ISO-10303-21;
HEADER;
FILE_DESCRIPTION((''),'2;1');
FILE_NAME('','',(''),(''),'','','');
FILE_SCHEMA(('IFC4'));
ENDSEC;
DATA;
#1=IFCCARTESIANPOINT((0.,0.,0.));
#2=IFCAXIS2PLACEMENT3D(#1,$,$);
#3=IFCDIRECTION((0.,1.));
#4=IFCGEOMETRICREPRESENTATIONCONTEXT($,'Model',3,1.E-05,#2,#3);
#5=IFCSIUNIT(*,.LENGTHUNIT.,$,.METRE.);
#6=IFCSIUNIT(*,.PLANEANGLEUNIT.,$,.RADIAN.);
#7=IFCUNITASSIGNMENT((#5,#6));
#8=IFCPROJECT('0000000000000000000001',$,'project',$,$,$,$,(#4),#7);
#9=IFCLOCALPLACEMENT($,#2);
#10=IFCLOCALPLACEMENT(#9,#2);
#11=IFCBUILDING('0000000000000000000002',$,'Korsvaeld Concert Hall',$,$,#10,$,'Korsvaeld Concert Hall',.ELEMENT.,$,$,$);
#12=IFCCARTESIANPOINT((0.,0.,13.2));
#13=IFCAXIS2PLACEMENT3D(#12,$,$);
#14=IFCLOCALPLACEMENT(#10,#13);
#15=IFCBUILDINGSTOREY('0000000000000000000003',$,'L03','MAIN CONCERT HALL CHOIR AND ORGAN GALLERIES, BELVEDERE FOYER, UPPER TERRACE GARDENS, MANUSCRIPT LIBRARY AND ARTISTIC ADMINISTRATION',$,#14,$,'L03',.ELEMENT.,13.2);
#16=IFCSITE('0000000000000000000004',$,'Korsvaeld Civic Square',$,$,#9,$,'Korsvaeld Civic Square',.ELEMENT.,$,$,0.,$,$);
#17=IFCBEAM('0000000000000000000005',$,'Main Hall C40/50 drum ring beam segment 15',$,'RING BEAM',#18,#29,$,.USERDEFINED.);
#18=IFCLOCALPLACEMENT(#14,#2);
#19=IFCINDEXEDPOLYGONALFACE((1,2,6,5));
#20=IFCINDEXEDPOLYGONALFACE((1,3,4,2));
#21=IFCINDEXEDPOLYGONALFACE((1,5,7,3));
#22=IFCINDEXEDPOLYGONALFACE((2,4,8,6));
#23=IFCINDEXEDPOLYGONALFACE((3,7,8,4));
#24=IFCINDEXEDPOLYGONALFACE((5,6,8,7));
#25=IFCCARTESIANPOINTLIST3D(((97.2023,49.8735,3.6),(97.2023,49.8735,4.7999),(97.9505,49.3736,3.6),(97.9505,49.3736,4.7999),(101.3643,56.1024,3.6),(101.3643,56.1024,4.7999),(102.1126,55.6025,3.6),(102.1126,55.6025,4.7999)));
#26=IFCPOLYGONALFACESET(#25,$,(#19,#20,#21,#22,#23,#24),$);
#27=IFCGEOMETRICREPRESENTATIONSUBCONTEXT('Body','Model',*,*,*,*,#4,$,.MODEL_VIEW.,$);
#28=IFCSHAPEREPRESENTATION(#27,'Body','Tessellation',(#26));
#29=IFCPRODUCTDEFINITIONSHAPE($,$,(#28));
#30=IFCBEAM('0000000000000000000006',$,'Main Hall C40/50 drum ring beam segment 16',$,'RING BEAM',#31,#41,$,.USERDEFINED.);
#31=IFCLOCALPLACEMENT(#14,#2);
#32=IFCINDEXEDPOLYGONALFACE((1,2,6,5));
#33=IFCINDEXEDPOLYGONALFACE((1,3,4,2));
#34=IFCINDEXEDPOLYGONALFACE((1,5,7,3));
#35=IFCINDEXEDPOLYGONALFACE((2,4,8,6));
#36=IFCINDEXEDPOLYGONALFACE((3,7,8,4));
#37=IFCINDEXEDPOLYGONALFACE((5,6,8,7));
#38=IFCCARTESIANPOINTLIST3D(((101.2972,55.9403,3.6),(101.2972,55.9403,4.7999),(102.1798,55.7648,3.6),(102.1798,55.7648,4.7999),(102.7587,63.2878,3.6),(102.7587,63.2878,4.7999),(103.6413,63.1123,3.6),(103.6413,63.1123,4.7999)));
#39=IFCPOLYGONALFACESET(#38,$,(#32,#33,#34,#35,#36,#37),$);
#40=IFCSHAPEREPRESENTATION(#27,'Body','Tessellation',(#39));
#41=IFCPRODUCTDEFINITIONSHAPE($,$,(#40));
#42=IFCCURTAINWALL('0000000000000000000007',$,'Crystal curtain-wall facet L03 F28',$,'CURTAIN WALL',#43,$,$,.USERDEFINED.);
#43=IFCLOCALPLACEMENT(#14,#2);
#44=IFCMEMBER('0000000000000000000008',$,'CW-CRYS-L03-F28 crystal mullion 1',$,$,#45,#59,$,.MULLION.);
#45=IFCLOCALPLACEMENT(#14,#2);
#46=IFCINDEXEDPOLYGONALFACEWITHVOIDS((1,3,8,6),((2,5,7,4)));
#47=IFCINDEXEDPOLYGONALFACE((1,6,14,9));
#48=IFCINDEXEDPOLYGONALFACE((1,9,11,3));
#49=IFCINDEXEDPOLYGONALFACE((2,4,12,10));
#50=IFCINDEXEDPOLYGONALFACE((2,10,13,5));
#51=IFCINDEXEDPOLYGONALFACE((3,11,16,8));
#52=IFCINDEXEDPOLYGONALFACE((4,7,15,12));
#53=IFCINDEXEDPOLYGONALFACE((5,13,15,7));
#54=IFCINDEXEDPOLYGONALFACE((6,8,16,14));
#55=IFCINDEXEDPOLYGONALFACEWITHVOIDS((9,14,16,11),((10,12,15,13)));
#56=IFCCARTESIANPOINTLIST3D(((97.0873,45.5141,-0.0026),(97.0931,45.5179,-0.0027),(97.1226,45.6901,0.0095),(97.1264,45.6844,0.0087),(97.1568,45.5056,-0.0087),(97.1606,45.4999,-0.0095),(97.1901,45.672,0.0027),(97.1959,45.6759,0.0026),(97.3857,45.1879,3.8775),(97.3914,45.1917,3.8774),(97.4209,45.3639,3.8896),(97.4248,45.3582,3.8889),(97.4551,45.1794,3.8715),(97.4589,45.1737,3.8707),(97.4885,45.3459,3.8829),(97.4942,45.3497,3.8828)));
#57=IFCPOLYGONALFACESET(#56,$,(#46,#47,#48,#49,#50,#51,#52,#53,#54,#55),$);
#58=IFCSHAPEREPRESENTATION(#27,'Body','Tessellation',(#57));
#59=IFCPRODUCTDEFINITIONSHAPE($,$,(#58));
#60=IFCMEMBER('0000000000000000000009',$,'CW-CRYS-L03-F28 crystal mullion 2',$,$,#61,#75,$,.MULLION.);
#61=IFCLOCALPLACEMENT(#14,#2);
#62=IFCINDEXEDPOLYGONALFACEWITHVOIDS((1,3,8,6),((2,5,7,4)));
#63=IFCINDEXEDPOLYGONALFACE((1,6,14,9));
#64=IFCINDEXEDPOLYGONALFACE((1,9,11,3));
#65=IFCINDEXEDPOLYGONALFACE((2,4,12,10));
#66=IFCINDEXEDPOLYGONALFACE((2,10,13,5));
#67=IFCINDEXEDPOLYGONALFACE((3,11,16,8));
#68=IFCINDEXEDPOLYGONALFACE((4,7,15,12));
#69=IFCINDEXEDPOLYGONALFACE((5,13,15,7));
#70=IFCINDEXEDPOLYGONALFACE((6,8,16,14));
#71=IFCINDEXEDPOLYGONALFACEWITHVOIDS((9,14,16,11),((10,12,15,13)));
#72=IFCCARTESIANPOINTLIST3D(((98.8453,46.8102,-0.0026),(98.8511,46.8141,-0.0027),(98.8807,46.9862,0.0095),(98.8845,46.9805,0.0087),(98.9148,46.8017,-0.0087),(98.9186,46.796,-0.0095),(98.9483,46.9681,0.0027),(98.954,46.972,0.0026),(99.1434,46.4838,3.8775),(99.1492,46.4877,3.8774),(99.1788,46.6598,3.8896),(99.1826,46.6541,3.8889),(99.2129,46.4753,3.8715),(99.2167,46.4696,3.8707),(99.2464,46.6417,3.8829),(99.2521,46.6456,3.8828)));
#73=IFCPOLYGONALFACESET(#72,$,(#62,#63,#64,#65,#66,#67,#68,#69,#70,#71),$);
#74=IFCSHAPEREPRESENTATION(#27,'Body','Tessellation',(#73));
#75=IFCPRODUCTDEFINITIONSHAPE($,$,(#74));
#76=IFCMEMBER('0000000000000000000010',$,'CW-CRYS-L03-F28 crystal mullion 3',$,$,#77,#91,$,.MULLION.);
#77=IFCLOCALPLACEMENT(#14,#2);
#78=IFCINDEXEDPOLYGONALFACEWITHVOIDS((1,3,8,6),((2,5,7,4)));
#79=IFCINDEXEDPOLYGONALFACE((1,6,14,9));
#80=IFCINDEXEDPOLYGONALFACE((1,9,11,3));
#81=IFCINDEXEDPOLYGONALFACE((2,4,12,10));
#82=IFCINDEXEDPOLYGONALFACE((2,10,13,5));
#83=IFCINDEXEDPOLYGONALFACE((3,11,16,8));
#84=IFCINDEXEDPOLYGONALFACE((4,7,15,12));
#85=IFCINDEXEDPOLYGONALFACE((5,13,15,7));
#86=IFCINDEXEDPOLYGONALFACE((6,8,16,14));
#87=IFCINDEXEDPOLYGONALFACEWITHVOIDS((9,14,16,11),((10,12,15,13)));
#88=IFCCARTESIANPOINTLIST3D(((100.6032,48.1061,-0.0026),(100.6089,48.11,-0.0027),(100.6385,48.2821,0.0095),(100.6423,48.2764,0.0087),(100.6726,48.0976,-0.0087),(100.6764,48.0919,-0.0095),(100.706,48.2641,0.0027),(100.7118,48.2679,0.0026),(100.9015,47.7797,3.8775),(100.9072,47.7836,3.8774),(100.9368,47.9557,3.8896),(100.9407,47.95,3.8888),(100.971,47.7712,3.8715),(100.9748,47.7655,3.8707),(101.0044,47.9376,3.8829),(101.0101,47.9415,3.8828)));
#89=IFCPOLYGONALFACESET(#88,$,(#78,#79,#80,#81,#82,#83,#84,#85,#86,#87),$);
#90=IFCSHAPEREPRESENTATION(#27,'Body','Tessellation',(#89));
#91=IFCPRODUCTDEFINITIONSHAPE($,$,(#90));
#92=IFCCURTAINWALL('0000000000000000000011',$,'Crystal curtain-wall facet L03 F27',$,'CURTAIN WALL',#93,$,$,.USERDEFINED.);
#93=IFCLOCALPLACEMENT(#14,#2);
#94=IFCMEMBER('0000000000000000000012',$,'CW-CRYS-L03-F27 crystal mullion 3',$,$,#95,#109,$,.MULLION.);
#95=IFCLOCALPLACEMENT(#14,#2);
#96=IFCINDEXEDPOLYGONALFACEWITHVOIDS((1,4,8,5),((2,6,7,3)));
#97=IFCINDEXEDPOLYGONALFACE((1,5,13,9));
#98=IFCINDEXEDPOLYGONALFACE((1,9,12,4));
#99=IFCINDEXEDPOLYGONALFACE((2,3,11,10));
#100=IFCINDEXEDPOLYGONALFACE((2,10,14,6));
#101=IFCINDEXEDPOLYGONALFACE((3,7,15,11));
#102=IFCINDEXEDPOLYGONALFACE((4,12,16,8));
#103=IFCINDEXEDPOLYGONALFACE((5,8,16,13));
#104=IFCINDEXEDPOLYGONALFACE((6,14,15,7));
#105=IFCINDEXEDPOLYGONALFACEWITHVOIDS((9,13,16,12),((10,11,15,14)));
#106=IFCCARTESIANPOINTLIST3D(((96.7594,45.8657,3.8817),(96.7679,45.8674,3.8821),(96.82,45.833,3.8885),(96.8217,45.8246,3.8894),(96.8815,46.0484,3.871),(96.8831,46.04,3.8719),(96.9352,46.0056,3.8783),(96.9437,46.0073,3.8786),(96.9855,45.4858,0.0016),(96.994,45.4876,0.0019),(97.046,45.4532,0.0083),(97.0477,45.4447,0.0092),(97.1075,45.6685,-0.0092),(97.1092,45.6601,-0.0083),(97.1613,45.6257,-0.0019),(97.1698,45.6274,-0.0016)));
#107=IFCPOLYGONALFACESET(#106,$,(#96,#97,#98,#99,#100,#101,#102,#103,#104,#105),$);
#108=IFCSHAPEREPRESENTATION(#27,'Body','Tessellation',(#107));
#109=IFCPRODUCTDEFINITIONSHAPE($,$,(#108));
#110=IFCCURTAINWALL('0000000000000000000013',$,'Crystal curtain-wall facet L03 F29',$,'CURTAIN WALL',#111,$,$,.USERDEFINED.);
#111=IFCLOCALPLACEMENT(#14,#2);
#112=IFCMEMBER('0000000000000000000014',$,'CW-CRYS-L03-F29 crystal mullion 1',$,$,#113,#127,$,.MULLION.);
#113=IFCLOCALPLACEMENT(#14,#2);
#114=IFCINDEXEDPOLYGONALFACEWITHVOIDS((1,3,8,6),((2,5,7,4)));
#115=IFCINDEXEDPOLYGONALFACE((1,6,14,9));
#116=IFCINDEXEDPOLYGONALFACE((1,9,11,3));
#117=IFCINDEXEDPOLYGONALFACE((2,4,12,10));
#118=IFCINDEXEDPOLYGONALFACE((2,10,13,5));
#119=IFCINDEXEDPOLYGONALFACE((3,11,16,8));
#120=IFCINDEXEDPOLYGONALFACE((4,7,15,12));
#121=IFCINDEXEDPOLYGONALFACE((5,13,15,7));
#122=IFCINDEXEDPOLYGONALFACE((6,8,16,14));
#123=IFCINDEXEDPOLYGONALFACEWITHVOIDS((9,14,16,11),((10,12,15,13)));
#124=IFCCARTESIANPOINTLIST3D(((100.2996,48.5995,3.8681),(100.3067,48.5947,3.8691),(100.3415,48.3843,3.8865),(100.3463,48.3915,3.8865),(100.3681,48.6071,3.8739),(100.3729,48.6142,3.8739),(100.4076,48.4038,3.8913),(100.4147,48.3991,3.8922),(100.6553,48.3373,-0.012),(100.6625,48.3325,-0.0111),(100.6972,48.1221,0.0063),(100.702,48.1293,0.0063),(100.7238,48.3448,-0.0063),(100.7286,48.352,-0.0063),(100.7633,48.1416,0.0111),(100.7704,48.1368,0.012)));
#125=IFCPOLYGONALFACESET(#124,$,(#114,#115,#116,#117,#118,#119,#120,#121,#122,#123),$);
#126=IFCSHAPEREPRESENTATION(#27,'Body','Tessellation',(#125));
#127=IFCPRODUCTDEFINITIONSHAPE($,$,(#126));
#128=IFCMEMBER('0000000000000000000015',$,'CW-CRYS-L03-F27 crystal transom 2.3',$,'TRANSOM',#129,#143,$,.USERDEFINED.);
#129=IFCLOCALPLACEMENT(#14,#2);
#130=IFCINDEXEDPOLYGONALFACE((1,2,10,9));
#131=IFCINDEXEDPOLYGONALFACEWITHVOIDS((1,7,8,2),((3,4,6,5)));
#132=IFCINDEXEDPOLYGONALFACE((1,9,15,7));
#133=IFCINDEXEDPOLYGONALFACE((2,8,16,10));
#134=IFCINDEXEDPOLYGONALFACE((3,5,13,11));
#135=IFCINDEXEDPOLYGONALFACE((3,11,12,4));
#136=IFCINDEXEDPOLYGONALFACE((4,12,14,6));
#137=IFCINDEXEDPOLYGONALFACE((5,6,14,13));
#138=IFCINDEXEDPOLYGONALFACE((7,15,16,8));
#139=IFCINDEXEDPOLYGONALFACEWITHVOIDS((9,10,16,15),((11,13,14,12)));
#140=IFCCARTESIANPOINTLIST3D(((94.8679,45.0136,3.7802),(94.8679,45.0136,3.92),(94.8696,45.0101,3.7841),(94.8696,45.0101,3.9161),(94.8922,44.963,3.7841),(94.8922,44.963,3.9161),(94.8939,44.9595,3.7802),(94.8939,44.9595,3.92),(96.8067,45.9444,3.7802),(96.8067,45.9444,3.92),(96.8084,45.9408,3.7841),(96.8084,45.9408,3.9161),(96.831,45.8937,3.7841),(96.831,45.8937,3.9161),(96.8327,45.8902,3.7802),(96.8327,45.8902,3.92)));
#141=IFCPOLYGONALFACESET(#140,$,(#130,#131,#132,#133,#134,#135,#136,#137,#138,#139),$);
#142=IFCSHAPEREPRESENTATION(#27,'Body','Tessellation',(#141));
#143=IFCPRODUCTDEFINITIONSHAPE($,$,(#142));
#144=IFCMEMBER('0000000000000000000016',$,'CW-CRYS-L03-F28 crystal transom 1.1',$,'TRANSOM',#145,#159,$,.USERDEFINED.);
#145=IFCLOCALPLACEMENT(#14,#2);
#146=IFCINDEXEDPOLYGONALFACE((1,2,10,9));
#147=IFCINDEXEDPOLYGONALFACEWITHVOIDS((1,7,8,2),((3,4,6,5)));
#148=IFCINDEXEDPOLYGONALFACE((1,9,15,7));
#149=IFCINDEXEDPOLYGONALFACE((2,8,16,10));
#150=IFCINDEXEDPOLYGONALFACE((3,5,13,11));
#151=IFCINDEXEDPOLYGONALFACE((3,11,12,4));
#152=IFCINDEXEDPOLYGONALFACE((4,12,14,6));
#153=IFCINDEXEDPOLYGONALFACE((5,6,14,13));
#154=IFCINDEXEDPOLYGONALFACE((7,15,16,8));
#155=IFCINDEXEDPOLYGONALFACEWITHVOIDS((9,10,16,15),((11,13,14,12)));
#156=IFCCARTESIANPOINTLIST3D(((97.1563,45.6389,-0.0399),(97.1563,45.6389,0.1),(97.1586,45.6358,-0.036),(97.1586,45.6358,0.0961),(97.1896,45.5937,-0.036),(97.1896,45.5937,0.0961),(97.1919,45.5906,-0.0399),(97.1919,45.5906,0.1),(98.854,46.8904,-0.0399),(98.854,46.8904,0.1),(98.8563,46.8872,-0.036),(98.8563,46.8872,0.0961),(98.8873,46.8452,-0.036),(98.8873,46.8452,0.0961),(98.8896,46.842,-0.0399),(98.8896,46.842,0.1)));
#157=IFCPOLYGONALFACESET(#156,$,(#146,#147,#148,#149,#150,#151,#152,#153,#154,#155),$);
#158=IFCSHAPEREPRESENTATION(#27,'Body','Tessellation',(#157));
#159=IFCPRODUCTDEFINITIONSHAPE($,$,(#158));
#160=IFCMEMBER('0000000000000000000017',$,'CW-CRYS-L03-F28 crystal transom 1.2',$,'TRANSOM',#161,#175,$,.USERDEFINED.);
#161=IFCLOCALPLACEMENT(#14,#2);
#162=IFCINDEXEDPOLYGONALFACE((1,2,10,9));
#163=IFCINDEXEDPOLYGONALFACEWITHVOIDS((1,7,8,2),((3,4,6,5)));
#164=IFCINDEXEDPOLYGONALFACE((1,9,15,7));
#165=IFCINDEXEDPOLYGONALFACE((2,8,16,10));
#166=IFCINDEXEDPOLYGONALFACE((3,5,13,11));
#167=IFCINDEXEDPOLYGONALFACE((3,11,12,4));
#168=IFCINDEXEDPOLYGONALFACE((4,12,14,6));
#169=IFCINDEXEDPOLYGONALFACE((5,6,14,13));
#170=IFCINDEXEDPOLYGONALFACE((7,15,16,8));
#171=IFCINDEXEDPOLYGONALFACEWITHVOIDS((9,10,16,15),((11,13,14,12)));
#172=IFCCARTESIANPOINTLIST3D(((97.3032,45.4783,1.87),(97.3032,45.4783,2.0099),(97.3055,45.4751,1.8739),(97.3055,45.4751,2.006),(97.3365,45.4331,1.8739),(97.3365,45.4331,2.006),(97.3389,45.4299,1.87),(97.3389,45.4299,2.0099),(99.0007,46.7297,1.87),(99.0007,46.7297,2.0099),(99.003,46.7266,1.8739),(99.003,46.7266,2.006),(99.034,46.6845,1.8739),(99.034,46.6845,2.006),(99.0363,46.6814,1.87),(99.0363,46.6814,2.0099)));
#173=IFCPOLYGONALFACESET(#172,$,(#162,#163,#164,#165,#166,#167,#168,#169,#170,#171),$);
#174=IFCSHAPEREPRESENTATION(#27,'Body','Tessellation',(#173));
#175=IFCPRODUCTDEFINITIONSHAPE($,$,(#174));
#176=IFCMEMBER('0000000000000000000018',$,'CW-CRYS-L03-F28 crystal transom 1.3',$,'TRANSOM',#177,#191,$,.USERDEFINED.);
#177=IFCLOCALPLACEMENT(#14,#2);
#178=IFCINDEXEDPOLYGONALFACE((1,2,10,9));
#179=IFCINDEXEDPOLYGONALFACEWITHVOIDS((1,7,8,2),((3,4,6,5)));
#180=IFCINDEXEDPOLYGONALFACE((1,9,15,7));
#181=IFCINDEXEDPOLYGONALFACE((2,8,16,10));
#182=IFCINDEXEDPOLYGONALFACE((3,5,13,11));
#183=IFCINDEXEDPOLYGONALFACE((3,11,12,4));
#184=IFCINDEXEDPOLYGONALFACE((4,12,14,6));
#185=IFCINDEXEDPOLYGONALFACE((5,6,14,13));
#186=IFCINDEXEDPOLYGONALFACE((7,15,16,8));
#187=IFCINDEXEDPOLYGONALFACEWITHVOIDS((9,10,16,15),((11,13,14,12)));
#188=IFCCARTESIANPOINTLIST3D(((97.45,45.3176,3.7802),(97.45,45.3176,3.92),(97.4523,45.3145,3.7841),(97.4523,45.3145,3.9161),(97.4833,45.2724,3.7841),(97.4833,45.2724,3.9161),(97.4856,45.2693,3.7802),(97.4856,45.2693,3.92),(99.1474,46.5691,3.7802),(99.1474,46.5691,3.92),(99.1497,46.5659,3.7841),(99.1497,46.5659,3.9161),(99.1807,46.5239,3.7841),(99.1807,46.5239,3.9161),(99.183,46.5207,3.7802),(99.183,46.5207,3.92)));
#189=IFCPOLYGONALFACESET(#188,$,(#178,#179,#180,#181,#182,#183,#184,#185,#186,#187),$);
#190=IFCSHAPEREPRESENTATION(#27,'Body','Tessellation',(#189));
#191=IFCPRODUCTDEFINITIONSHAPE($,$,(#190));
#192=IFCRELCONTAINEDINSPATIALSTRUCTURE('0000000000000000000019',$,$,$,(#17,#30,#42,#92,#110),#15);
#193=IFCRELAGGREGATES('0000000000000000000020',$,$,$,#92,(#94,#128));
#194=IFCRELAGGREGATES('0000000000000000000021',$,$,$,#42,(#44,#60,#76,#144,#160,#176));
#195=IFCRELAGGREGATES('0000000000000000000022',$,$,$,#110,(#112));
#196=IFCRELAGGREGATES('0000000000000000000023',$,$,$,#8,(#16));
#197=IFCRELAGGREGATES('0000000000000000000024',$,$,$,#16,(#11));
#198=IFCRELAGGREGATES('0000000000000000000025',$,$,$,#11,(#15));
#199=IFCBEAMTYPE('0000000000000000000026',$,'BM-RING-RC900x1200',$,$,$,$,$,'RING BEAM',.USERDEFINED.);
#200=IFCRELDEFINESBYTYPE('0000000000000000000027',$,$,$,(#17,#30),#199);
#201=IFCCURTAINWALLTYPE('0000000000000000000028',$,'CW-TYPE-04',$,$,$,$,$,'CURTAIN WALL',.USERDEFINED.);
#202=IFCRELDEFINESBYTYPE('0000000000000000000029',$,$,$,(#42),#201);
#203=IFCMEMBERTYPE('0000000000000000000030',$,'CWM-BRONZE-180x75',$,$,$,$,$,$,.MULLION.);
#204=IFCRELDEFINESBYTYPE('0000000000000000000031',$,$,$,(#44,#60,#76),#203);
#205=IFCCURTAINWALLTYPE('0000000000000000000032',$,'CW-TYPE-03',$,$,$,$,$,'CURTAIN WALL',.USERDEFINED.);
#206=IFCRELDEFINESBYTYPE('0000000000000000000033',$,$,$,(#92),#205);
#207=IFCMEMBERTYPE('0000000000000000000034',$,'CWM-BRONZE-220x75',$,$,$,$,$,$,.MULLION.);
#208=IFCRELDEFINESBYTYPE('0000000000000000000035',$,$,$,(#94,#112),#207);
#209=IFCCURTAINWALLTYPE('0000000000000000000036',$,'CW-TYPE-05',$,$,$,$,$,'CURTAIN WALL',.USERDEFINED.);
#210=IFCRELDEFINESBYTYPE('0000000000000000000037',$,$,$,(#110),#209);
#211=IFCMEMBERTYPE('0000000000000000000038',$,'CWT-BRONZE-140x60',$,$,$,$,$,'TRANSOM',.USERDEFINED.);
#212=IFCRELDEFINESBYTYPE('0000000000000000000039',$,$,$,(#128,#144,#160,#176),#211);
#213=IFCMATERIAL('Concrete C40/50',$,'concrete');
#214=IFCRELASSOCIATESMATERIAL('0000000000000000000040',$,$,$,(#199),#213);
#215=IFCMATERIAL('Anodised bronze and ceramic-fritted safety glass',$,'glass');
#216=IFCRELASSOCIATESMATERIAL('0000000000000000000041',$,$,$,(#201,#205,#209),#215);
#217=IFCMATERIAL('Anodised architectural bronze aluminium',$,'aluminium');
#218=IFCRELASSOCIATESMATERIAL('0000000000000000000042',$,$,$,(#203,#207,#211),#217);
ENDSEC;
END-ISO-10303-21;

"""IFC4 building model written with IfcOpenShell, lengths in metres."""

from ifc_helpers import new_model, si_unit, direction, frame, origin, origin_2d, place, context, subcontext, project, spatial, rectangle, hollow_rectangle, extrude, material, material_profile, profile_set, type_object, element, aggregate, save


model = new_model("IFC4")

# Units and contexts
model_context = context("Model", 3, precision=1e-05, world=origin(), true_north=direction((0.0, 1.0)))
body_context = subcontext(model_context, "Body", "Model", "MODEL_VIEW")
ifc_project = project(units=[si_unit("LENGTHUNIT", "METRE"), si_unit("PLANEANGLEUNIT", "RADIAN")], contexts=[model_context])

# Site, building, storey
site_placement = place(None, origin())
site = spatial("IfcSite", under=ifc_project, at=site_placement, Name="Korsvaeld Civic Square", LongName="Korsvaeld Civic Square", CompositionType="ELEMENT", RefElevation=0.0)
building_placement = place(site_placement, origin())
building = spatial("IfcBuilding", under=site, at=building_placement, Name="Korsvaeld Concert Hall", LongName="Korsvaeld Concert Hall", CompositionType="ELEMENT")
storey_placement = place(building_placement, frame((0.0, 0.0, 13.2)))
storey = spatial("IfcBuildingStorey", under=building, at=storey_placement, Name="L03", Description="MAIN CONCERT HALL CHOIR AND ORGAN GALLERIES, BELVEDERE FOYER, UPPER TERRACE GARDENS, MANUSCRIPT LIBRARY AND ARTISTIC ADMINISTRATION", LongName="L03", CompositionType="ELEMENT", Elevation=13.2)

# Shared definitions
ifc_material_1 = material(Name="Concrete C40/50", Category="concrete")

# Beams
ifc_material_profile_1 = material_profile(ifc_material_1, rectangle(XDim=0.8999, YDim=1.2, at=origin_2d()), Name="RC 900x1200")
ifc_profile_set_1 = profile_set([ifc_material_profile_1], Name="Concrete C40/50")
beam_type = type_object("IfcBeamType", Name="BM-RING-RC900x1200", ElementType="RING BEAM", PredefinedType="USERDEFINED", material=ifc_profile_set_1)
for number, where, z_axis, x_axis, name in (
    (1, (97.5764, 49.6235, 4.2), (0.555572, 0.831468, 0.0), (-0.831468, 0.555572, 0.0), "Main Hall C40/50 drum ring beam segment 15"),
    (2, (101.7385, 55.8525, 4.2), (0.195082, 0.980787, 0.0), (-0.980787, 0.195082, 0.0), "Main Hall C40/50 drum ring beam segment 16"),
):
    element("IfcBeam", number, at=place(storey_placement, frame(where, z_axis=z_axis, x_axis=x_axis)), inside=storey, type_object=beam_type, Name=name, ObjectType="RING BEAM", PredefinedType="USERDEFINED", context=body_context, shape_type="SweptSolid", body=[
        extrude(rectangle(XDim=0.8999, YDim=1.2, at=origin_2d()), origin(), (0.0, 0.0, 1.0), 7.4915),
    ])

# Curtain wall, members
ifc_material_2 = material(Name="Anodised bronze and ceramic-fritted safety glass", Category="glass")
curtain_wall_type_1 = type_object("IfcCurtainWallType", Name="CW-TYPE-04", ElementType="CURTAIN WALL", PredefinedType="USERDEFINED", material=ifc_material_2)
curtain_wall_1_placement = place(storey_placement, origin())
curtain_wall_1 = element("IfcCurtainWall", 3, at=curtain_wall_1_placement, inside=storey, type_object=curtain_wall_type_1, Name="Crystal curtain-wall facet L03 F28", ObjectType="CURTAIN WALL", PredefinedType="USERDEFINED")
ifc_material_3 = material(Name="Anodised architectural bronze aluminium", Category="aluminium")
ifc_material_profile_2 = material_profile(ifc_material_3, hollow_rectangle(XDim=0.075, YDim=0.1799, WallThickness=0.0049, at=origin_2d()), Name="CWM 180x75x5")
ifc_profile_set_2 = profile_set([ifc_material_profile_2], Name="Anodised architectural bronze aluminium")
member_type_1 = type_object("IfcMemberType", Name="CWM-BRONZE-180x75", PredefinedType="MULLION", material=ifc_profile_set_2)
member_1_placement = place(storey_placement, frame((97.1416, 45.595, 0.0), z_axis=(0.076395, -0.083522, 0.993573), x_axis=(-0.977623, 0.189609, 0.091108)))
member_1 = element("IfcMember", 4, at=member_1_placement, type_object=member_type_1, Name="CW-CRYS-L03-F28 crystal mullion 1", PredefinedType="MULLION", context=body_context, shape_type="SweptSolid", body=[
    extrude(hollow_rectangle(XDim=0.075, YDim=0.1799, WallThickness=0.0049, at=origin_2d()), origin(), (0.0, 0.0, 1.0), 3.9053),
])
member_2_placement = place(storey_placement, frame((98.8997, 46.8911, 0.0), z_axis=(0.076333, -0.083584, 0.993573), x_axis=(-0.977475, 0.190372, 0.091111)))
member_2 = element("IfcMember", 5, at=member_2_placement, type_object=member_type_1, Name="CW-CRYS-L03-F28 crystal mullion 2", PredefinedType="MULLION", context=body_context, shape_type="SweptSolid", body=[
    extrude(hollow_rectangle(XDim=0.075, YDim=0.1799, WallThickness=0.0049, at=origin_2d()), origin(), (0.0, 0.0, 1.0), 3.9053),
])
member_3_placement = place(storey_placement, frame((100.6575, 48.187, 0.0), z_axis=(0.076395, -0.083584, 0.993568), x_axis=(-0.97755, 0.189971, 0.091144)))
member_3 = element("IfcMember", 6, at=member_3_placement, type_object=member_type_1, Name="CW-CRYS-L03-F28 crystal mullion 3", PredefinedType="MULLION", context=body_context, shape_type="SweptSolid", body=[
    extrude(hollow_rectangle(XDim=0.075, YDim=0.1799, WallThickness=0.0049, at=origin_2d()), origin(), (0.0, 0.0, 1.0), 3.9053),
])

# Curtain walls, members
curtain_wall_type_2 = type_object("IfcCurtainWallType", Name="CW-TYPE-03", ElementType="CURTAIN WALL", PredefinedType="USERDEFINED", material=ifc_material_2)
curtain_wall_2_placement = place(storey_placement, origin())
curtain_wall_2 = element("IfcCurtainWall", 7, at=curtain_wall_2_placement, inside=storey, type_object=curtain_wall_type_2, Name="Crystal curtain-wall facet L03 F27", ObjectType="CURTAIN WALL", PredefinedType="USERDEFINED")
ifc_material_profile_3 = material_profile(ifc_material_3, hollow_rectangle(XDim=0.075, YDim=0.22, WallThickness=0.0061, at=origin_2d()), Name="CWM 220x75x6")
ifc_profile_set_3 = profile_set([ifc_material_profile_3], Name="Anodised architectural bronze aluminium")
member_type_2 = type_object("IfcMemberType", Name="CWM-BRONZE-220x75", PredefinedType="MULLION", material=ifc_profile_set_3)
member_4_placement = place(storey_placement, frame((97.0776, 45.5566, 0.0), z_axis=(-0.05789, 0.097275, 0.993572), x_axis=(0.83, -0.54835, 0.102046)))
member_4 = element("IfcMember", 8, at=member_4_placement, type_object=member_type_2, Name="CW-CRYS-L03-F27 crystal mullion 3", PredefinedType="MULLION", context=body_context, shape_type="SweptSolid", body=[
    extrude(hollow_rectangle(XDim=0.075, YDim=0.22, WallThickness=0.0061, at=origin_2d()), origin(), (0.0, 0.0, 1.0), 3.9053),
])
curtain_wall_type_3 = type_object("IfcCurtainWallType", Name="CW-TYPE-05", ElementType="CURTAIN WALL", PredefinedType="USERDEFINED", material=ifc_material_2)
curtain_wall_3_placement = place(storey_placement, origin())
curtain_wall_3 = element("IfcCurtainWall", 9, at=curtain_wall_3_placement, inside=storey, type_object=curtain_wall_type_3, Name="Crystal curtain-wall facet L03 F29", ObjectType="CURTAIN WALL", PredefinedType="USERDEFINED")
member_5_placement = place(storey_placement, frame((100.7129, 48.2371, 0.0), z_axis=(-0.091087, 0.067143, 0.993577), x_axis=(0.9775, 0.196641, 0.076325)))
member_5 = element("IfcMember", 10, at=member_5_placement, type_object=member_type_2, Name="CW-CRYS-L03-F29 crystal mullion 1", PredefinedType="MULLION", context=body_context, shape_type="SweptSolid", body=[
    extrude(hollow_rectangle(XDim=0.075, YDim=0.22, WallThickness=0.0061, at=origin_2d()), origin(), (0.0, 0.0, 1.0), 3.9053),
])

# Members
ifc_material_profile_4 = material_profile(ifc_material_3, hollow_rectangle(XDim=0.0601, YDim=0.1399, WallThickness=0.0039, at=origin_2d()), Name="CWT 140x60x4")
ifc_profile_set_4 = profile_set([ifc_material_profile_4], Name="Anodised architectural bronze aluminium")
member_type_3 = type_object("IfcMemberType", Name="CWT-BRONZE-140x60", ElementType="TRANSOM", PredefinedType="USERDEFINED", material=ifc_profile_set_4)
member_6_placement = place(storey_placement, frame((94.8809, 44.9866, 3.8501), z_axis=(0.901509, 0.432761, 0.0), x_axis=(-0.432761, 0.901509, 0.0)))
member_6 = element("IfcMember", 11, at=member_6_placement, type_object=member_type_3, Name="CW-CRYS-L03-F27 crystal transom 2.3", ObjectType="TRANSOM", PredefinedType="USERDEFINED", context=body_context, shape_type="SweptSolid", body=[
    extrude(hollow_rectangle(XDim=0.0601, YDim=0.1399, WallThickness=0.0039, at=origin_2d()), origin(), (0.0, 0.0, 1.0), 2.1506),
])
aggregate(curtain_wall_2, [member_4, member_6])
member_7_placement = place(storey_placement, frame((97.1741, 45.6147, 0.03), z_axis=(0.804945, 0.593349, 0.0), x_axis=(-0.593349, 0.804945, 0.0)))
member_7 = element("IfcMember", 12, at=member_7_placement, type_object=member_type_3, Name="CW-CRYS-L03-F28 crystal transom 1.1", ObjectType="TRANSOM", PredefinedType="USERDEFINED", context=body_context, shape_type="SweptSolid", body=[
    extrude(hollow_rectangle(XDim=0.0601, YDim=0.1399, WallThickness=0.0039, at=origin_2d()), origin(), (0.0, 0.0, 1.0), 2.1091),
])
member_8_placement = place(storey_placement, frame((97.321, 45.4541, 1.9399), z_axis=(0.804905, 0.593404, 0.0), x_axis=(-0.593404, 0.804905, 0.0)))
member_8 = element("IfcMember", 13, at=member_8_placement, type_object=member_type_3, Name="CW-CRYS-L03-F28 crystal transom 1.2", ObjectType="TRANSOM", PredefinedType="USERDEFINED", context=body_context, shape_type="SweptSolid", body=[
    extrude(hollow_rectangle(XDim=0.0601, YDim=0.1399, WallThickness=0.0039, at=origin_2d()), origin(), (0.0, 0.0, 1.0), 2.1089),
])
member_9_placement = place(storey_placement, frame((97.4678, 45.2935, 3.8501), z_axis=(0.804905, 0.593404, 0.0), x_axis=(-0.593404, 0.804905, 0.0)))
member_9 = element("IfcMember", 14, at=member_9_placement, type_object=member_type_3, Name="CW-CRYS-L03-F28 crystal transom 1.3", ObjectType="TRANSOM", PredefinedType="USERDEFINED", context=body_context, shape_type="SweptSolid", body=[
    extrude(hollow_rectangle(XDim=0.0601, YDim=0.1399, WallThickness=0.0039, at=origin_2d()), origin(), (0.0, 0.0, 1.0), 2.1089),
])

aggregate(curtain_wall_1, [member_1, member_2, member_3, member_7, member_8, member_9])
aggregate(curtain_wall_3, [member_5])

save(model, "model.ifc")
